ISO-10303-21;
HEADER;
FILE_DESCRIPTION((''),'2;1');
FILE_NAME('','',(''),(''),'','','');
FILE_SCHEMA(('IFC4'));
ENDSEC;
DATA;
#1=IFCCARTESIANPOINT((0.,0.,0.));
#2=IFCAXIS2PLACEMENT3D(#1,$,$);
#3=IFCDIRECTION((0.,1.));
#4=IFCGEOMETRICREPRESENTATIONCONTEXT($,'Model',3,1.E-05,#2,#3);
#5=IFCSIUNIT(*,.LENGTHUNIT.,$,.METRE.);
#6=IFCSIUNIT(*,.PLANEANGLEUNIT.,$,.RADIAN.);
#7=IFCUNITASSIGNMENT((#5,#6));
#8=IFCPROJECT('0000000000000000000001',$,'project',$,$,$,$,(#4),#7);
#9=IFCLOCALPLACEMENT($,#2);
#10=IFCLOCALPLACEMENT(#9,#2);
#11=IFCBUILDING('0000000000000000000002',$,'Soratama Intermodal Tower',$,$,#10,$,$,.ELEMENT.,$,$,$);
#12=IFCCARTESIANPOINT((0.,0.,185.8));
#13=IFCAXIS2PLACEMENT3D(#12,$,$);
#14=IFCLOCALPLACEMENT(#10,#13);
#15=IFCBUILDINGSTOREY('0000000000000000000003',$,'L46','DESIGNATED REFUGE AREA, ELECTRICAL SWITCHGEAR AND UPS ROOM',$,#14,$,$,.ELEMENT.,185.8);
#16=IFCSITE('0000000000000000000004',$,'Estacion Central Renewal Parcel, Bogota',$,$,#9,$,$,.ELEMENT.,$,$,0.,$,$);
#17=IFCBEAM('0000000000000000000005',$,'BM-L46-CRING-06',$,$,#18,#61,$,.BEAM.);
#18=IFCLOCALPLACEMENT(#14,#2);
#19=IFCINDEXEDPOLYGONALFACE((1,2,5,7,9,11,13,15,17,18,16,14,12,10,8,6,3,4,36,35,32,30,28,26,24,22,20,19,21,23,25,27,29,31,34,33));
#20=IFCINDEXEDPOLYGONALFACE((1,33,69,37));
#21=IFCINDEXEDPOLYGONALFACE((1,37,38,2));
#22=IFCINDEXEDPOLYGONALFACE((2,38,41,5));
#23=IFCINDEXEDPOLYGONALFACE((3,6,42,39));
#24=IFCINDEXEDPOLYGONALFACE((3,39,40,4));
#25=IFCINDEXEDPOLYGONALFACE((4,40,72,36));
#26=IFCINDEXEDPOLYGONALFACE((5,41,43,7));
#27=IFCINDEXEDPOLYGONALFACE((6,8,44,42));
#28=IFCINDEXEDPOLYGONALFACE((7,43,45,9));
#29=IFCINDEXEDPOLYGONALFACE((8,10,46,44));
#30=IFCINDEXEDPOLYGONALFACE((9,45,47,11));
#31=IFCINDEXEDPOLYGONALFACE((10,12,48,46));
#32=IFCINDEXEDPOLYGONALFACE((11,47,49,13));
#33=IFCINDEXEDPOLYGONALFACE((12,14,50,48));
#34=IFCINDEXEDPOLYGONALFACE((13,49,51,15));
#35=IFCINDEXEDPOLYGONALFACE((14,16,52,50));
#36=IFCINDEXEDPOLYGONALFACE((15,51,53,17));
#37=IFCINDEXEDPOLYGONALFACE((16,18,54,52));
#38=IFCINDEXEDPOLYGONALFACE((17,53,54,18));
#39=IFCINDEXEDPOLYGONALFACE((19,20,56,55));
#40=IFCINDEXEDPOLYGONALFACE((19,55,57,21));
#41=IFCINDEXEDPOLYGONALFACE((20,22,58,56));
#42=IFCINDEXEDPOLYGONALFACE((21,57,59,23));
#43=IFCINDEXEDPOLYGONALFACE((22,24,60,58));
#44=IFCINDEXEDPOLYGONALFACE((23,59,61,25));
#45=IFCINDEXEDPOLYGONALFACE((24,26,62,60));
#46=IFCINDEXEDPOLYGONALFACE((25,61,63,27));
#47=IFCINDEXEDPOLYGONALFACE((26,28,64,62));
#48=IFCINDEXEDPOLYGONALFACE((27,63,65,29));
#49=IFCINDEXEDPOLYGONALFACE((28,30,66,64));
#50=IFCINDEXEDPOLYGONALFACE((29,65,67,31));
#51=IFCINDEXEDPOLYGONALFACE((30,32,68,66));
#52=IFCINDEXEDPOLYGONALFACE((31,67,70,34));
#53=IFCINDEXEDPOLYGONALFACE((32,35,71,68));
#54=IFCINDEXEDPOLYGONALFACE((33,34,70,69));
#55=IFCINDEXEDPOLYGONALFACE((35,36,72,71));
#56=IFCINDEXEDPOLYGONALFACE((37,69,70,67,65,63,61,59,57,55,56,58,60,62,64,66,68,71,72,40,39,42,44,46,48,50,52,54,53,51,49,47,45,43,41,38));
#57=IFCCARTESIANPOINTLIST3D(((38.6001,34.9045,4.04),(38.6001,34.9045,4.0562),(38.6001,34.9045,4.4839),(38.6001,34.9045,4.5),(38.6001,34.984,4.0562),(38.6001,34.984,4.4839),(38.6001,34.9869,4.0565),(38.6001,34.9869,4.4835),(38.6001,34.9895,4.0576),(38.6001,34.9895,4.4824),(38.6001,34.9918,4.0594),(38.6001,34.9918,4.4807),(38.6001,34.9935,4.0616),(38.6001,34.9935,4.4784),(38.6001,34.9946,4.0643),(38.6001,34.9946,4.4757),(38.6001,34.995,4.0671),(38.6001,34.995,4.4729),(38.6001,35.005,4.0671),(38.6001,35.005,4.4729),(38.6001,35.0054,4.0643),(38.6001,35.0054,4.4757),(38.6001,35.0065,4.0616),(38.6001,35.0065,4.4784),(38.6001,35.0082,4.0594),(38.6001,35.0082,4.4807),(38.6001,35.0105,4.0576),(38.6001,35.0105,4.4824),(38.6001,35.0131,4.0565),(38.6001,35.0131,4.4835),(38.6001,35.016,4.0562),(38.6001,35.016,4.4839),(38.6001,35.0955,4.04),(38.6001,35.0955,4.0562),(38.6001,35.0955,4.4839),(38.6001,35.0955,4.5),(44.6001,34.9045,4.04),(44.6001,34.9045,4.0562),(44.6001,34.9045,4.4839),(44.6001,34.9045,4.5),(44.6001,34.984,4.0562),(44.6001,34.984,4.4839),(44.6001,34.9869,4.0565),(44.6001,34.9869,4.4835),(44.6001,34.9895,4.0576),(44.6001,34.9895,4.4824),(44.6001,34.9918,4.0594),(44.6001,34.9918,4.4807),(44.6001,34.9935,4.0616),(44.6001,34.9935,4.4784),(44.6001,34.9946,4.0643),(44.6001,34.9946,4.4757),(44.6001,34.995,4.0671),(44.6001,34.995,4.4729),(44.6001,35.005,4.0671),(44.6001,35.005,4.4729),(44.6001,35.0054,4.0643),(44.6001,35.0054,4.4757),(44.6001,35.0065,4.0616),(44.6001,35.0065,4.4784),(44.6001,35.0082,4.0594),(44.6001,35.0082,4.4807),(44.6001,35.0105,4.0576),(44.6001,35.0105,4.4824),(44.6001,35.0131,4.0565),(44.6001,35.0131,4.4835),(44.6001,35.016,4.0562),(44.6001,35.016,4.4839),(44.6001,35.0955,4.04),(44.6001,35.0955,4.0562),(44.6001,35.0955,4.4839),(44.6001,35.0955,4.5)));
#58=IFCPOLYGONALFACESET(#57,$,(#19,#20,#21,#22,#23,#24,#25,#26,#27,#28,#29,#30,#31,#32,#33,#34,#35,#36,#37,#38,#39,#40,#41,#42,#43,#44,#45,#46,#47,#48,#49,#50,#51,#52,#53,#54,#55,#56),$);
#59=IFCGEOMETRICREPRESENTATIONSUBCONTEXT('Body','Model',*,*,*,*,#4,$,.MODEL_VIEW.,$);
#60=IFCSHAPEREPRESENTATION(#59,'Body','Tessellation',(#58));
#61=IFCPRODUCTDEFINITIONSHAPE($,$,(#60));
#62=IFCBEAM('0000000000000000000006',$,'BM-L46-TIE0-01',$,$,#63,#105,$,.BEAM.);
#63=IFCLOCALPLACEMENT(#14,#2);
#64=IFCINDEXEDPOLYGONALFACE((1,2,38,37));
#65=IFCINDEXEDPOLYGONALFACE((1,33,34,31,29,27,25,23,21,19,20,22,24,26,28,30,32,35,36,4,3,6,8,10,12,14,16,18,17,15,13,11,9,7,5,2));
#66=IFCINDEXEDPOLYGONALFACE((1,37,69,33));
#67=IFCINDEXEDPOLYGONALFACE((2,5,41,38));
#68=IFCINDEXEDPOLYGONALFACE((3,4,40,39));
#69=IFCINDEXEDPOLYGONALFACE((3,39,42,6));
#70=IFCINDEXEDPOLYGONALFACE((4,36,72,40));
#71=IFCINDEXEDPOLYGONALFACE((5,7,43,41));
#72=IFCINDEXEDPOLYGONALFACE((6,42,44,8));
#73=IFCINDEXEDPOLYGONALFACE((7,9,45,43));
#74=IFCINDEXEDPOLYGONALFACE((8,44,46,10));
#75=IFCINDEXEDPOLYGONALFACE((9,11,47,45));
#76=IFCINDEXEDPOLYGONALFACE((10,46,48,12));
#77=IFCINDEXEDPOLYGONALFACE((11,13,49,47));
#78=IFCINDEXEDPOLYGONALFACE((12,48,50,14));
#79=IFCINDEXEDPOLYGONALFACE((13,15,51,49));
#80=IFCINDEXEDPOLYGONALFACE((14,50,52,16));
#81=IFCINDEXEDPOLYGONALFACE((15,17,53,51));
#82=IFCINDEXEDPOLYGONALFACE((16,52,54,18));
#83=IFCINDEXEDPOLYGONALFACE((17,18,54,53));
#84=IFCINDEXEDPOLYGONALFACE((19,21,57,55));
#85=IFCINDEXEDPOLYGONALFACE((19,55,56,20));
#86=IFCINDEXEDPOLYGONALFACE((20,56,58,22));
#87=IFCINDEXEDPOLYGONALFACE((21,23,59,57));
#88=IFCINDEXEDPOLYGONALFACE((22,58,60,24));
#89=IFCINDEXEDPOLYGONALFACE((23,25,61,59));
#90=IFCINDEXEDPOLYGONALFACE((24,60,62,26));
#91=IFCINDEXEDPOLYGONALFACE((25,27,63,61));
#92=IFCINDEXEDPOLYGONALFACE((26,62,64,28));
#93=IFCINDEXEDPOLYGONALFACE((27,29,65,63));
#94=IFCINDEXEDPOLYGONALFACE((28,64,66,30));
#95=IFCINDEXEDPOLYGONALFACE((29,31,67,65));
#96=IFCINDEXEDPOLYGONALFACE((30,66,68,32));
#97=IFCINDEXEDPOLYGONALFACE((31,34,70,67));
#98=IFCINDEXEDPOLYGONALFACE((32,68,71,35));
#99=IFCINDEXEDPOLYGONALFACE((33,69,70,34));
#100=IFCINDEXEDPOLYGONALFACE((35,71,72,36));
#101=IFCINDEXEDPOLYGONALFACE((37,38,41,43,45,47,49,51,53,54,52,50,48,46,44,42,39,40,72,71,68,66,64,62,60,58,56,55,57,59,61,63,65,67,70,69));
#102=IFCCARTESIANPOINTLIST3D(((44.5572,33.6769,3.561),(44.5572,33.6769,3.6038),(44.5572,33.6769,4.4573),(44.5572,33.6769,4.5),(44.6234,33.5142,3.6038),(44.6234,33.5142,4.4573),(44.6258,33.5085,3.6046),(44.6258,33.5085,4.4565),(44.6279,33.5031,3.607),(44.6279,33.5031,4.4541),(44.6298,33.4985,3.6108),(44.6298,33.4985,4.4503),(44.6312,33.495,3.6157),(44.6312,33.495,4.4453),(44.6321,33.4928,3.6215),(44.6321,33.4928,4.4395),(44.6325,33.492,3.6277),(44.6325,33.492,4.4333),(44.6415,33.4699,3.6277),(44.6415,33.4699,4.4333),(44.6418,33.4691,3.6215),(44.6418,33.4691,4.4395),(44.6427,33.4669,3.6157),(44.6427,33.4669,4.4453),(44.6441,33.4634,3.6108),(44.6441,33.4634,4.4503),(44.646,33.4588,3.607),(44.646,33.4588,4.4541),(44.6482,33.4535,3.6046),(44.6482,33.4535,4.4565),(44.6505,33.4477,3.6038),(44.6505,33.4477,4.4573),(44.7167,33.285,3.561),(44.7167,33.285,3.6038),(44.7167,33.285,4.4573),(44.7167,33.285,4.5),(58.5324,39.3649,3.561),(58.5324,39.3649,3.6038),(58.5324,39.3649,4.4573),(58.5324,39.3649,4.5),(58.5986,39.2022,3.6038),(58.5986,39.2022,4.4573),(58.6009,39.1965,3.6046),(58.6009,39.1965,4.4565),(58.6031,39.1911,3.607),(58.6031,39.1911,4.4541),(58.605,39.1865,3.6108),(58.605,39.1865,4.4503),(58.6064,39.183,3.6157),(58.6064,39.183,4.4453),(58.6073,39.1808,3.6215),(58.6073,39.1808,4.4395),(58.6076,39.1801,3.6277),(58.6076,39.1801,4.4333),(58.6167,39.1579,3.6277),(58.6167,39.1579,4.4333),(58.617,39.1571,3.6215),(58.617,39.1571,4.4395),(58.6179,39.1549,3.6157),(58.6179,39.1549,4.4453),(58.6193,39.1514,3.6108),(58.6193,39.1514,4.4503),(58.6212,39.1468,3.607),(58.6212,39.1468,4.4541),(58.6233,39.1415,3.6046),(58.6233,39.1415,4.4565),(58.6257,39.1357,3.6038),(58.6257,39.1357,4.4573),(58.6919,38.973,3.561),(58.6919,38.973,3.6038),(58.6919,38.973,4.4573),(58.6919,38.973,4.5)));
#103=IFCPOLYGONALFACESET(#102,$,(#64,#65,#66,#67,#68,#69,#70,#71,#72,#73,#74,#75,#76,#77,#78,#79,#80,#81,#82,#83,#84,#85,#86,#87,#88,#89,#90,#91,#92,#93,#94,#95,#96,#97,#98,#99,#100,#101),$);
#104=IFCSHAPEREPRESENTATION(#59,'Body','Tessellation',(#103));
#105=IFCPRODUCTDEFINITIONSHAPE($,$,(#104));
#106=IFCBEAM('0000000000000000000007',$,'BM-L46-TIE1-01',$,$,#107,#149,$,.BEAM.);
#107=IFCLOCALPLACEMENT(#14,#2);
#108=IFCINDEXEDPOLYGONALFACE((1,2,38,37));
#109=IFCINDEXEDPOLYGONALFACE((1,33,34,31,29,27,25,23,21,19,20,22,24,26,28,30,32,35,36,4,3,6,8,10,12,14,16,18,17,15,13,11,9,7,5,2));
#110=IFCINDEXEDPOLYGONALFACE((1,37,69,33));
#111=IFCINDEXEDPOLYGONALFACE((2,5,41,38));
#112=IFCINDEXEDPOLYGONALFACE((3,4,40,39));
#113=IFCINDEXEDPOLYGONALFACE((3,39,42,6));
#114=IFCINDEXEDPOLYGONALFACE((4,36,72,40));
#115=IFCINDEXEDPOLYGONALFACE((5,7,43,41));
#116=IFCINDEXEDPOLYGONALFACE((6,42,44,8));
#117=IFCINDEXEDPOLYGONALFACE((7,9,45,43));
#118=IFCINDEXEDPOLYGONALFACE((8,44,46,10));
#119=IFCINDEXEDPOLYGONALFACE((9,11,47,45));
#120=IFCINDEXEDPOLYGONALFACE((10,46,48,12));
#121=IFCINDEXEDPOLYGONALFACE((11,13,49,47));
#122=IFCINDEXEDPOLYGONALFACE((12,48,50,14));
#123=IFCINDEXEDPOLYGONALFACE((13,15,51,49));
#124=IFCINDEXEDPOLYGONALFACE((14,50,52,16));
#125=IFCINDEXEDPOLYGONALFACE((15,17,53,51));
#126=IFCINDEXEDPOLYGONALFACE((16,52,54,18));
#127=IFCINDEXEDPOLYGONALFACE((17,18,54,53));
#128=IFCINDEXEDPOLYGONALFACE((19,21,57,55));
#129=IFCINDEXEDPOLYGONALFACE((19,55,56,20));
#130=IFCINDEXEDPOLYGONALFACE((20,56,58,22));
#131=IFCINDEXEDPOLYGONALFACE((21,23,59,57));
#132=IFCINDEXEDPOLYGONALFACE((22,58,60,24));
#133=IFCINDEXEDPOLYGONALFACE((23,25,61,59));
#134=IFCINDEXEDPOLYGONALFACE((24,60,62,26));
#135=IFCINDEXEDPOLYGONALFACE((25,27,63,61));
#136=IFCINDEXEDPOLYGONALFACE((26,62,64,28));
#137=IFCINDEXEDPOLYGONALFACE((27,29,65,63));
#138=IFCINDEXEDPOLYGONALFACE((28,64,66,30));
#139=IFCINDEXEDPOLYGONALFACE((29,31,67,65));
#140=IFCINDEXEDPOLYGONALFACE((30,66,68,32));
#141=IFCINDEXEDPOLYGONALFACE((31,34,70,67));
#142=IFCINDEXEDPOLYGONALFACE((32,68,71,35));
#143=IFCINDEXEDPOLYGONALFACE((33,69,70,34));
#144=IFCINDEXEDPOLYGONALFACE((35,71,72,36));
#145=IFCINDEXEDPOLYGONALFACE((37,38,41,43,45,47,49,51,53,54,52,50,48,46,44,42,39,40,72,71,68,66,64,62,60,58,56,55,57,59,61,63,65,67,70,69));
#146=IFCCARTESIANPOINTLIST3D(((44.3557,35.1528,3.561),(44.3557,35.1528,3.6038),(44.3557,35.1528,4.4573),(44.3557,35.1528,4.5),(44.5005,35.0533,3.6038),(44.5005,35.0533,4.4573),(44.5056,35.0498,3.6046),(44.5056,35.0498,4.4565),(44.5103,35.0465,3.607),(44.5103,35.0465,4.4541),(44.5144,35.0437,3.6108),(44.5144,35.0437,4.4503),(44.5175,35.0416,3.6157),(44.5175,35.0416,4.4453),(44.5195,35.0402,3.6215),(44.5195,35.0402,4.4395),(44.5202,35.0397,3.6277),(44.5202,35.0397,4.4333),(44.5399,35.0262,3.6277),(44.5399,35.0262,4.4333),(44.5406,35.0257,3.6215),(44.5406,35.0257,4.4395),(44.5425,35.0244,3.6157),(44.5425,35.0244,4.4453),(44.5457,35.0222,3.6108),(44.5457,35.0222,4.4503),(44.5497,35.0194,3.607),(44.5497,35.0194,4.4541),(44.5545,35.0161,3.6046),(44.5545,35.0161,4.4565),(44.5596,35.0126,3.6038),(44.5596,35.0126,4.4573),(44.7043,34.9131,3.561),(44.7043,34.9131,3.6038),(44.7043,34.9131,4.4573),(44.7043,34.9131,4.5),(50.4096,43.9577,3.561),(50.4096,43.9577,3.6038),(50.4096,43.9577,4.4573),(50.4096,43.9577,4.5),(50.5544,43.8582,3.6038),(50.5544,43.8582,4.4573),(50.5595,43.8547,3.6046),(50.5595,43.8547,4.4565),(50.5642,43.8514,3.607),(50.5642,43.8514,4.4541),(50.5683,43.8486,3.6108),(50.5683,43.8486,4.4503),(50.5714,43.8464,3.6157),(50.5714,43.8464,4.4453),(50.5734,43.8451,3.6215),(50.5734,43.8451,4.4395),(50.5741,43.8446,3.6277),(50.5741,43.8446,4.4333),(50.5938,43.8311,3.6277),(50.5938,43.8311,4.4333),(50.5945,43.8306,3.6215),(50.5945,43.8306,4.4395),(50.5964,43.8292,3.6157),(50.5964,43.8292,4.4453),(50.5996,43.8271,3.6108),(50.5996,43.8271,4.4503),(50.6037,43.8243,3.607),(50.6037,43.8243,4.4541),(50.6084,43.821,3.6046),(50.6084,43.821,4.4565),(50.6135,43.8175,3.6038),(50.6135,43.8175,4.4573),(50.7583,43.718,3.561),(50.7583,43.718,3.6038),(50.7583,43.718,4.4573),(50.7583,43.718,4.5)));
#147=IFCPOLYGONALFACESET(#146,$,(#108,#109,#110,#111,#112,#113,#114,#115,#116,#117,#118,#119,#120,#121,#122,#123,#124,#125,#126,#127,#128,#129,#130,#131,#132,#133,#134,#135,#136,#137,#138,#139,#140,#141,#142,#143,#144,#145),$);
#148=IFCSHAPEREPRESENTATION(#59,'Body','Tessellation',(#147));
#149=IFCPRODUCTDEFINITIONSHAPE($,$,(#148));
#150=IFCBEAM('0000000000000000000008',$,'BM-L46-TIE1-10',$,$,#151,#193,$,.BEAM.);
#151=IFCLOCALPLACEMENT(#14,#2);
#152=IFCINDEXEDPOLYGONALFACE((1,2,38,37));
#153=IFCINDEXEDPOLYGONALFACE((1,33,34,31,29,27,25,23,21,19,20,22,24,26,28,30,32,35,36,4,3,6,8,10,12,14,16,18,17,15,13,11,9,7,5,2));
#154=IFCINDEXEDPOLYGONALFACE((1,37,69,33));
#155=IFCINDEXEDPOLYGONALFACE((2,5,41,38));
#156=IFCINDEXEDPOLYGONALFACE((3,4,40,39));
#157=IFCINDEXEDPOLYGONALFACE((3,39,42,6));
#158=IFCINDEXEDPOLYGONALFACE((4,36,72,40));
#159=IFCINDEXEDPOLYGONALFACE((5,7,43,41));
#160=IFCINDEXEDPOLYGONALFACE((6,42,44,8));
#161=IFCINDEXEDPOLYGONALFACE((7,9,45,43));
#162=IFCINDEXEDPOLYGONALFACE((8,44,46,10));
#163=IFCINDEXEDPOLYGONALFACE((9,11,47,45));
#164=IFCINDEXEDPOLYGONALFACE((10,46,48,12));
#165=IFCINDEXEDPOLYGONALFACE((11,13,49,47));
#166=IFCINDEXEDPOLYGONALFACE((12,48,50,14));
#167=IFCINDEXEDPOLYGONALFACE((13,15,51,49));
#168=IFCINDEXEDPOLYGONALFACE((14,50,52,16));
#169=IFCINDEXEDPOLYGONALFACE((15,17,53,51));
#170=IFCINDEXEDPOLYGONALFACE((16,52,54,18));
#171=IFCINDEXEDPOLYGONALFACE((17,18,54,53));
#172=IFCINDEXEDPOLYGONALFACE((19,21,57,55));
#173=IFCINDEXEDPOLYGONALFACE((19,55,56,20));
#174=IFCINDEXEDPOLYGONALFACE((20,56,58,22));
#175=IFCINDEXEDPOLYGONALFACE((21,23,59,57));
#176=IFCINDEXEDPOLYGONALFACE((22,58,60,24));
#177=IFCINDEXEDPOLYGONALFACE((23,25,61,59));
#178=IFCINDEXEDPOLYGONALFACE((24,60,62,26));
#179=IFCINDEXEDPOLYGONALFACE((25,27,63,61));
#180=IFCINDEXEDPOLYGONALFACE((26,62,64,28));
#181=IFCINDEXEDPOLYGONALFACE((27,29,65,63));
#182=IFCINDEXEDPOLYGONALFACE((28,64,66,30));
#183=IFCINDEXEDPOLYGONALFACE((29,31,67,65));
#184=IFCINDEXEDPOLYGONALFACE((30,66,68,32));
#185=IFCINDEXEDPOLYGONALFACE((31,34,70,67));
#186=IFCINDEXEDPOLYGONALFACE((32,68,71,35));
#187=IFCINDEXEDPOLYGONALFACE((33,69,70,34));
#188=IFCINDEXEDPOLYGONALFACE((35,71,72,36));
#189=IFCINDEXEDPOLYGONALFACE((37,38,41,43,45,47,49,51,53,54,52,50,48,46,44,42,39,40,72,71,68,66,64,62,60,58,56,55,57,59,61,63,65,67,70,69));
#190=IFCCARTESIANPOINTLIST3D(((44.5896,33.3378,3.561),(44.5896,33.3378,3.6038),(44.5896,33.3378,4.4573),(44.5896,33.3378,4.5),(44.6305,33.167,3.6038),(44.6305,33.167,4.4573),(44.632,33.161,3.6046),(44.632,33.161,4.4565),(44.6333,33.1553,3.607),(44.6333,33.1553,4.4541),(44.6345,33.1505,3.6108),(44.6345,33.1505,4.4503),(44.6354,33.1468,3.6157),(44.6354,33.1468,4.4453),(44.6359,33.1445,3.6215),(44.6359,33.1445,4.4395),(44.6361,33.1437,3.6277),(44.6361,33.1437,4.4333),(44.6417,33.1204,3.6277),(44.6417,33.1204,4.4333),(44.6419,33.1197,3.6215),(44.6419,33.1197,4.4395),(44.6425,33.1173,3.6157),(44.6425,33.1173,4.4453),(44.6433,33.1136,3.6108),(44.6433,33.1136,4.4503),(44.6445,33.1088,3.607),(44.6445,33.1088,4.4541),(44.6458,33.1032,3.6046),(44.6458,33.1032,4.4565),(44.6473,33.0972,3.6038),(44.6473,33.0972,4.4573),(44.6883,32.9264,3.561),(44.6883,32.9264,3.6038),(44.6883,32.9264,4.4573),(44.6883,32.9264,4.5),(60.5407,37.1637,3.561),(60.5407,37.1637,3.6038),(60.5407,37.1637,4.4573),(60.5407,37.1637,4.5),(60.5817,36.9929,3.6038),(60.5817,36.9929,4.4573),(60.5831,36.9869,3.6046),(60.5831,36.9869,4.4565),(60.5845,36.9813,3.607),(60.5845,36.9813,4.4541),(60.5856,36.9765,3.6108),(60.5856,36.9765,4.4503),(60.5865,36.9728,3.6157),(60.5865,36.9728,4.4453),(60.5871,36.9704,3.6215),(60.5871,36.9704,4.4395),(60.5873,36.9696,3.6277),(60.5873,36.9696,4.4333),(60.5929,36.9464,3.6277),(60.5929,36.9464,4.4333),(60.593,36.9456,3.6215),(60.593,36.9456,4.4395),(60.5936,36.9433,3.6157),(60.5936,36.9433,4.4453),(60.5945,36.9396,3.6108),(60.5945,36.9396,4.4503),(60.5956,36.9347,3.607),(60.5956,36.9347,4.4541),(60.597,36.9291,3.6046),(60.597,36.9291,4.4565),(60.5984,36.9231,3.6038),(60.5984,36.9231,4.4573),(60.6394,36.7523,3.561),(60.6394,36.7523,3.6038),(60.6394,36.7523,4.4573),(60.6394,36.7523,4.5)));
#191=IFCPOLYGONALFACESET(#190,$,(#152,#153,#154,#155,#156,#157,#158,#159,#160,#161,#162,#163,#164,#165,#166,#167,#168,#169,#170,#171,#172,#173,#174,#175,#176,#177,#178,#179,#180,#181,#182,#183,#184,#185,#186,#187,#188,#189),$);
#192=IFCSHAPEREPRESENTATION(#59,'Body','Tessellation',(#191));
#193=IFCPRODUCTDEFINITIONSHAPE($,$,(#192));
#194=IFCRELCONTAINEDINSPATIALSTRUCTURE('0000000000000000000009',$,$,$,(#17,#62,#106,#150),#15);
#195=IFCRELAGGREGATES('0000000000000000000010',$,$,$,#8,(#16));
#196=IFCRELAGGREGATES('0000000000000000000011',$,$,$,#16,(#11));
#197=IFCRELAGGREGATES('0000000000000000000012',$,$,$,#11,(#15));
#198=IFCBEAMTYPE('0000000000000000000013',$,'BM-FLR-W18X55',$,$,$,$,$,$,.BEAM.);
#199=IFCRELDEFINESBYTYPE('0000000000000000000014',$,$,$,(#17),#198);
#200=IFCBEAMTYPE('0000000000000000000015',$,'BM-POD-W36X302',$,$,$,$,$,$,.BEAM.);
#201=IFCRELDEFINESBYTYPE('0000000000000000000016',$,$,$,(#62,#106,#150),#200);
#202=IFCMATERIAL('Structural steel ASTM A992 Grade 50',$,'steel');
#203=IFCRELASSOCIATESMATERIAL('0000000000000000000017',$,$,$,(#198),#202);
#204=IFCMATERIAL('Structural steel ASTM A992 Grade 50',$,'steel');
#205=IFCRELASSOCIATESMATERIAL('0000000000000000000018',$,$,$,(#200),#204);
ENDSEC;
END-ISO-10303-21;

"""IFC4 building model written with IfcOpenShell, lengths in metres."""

from ifc_helpers import new_model, si_unit, direction, frame, origin, origin_2d, place, context, subcontext, project, spatial, i_section, extrude, material, material_profile, profile_set, type_object, element, save


model = new_model("IFC4")

# Units and contexts
model_context = context("Model", 3, precision=1e-05, world=origin(), true_north=direction((0.0, 1.0)))
body_context = subcontext(model_context, "Body", "Model", "MODEL_VIEW")
ifc_project = project(units=[si_unit("LENGTHUNIT", "METRE"), si_unit("PLANEANGLEUNIT", "RADIAN")], contexts=[model_context])

# Site, building, storey
site_placement = place(None, origin())
site = spatial("IfcSite", under=ifc_project, at=site_placement, Name="Estacion Central Renewal Parcel, Bogota", CompositionType="ELEMENT", RefElevation=0.0)
building_placement = place(site_placement, origin())
building = spatial("IfcBuilding", under=site, at=building_placement, Name="Soratama Intermodal Tower", CompositionType="ELEMENT")
storey_placement = place(building_placement, frame((0.0, 0.0, 185.8)))
storey = spatial("IfcBuildingStorey", under=building, at=storey_placement, Name="L46", Description="DESIGNATED REFUGE AREA, ELECTRICAL SWITCHGEAR AND UPS ROOM", CompositionType="ELEMENT", Elevation=185.8)

# Beams
ifc_material_1 = material(Name="Structural steel ASTM A992 Grade 50", Category="steel")
ifc_material_profile_1 = material_profile(ifc_material_1, i_section(OverallWidth=0.1909, OverallDepth=0.46, WebThickness=0.01, FlangeThickness=0.0161, FilletRadius=0.011, at=origin_2d()), Name="W18X55")
ifc_profile_set_1 = profile_set([ifc_material_profile_1], Name="Structural steel ASTM A992 Grade 50")
beam_type_1 = type_object("IfcBeamType", Name="BM-FLR-W18X55", PredefinedType="BEAM", material=ifc_profile_set_1)
beam_1_placement = place(storey_placement, frame((44.6001, 35.0, 4.27), z_axis=(-1.0, 0.0, 0.0), x_axis=(0.0, -1.0, 0.0)))
element("IfcBeam", 1, at=beam_1_placement, inside=storey, type_object=beam_type_1, Name="BM-L46-CRING-06", PredefinedType="BEAM", context=body_context, shape_type="SweptSolid", body=[
    extrude(i_section(OverallWidth=0.1909, OverallDepth=0.46, WebThickness=0.01, FlangeThickness=0.0161, FilletRadius=0.011, at=origin_2d()), origin(), (0.0, 0.0, 1.0), 6.0),
])
ifc_material_2 = material(Name="Structural steel ASTM A992 Grade 50", Category="steel")
ifc_material_profile_2 = material_profile(ifc_material_2, i_section(OverallWidth=0.4231, OverallDepth=0.939, WebThickness=0.0239, FlangeThickness=0.0427, FilletRadius=0.0239, at=origin_2d()), Name="W36X302")
ifc_profile_set_2 = profile_set([ifc_material_profile_2], Name="Structural steel ASTM A992 Grade 50")
beam_type_2 = type_object("IfcBeamType", Name="BM-POD-W36X302", PredefinedType="BEAM", material=ifc_profile_set_2)
beam_2_placement = place(storey_placement, frame((44.637, 33.481, 4.0305), z_axis=(0.926221, 0.37698, 0.0), x_axis=(-0.37698, 0.926221, 0.0)))
element("IfcBeam", 2, at=beam_2_placement, inside=storey, type_object=beam_type_2, Name="BM-L46-TIE0-01", PredefinedType="BEAM", context=body_context, shape_type="SweptSolid", body=[
    extrude(i_section(OverallWidth=0.4231, OverallDepth=0.939, WebThickness=0.0239, FlangeThickness=0.0427, FilletRadius=0.0239, at=origin_2d()), origin(), (0.0, 0.0, 1.0), 15.0884),
])
beam_3_placement = place(storey_placement, frame((44.53, 35.033, 4.0305), z_axis=(0.566565, 0.824017, 0.0), x_axis=(-0.824017, 0.566565, 0.0)))
element("IfcBeam", 3, at=beam_3_placement, inside=storey, type_object=beam_type_2, Name="BM-L46-TIE1-01", PredefinedType="BEAM", context=body_context, shape_type="SweptSolid", body=[
    extrude(i_section(OverallWidth=0.4231, OverallDepth=0.939, WebThickness=0.0239, FlangeThickness=0.0427, FilletRadius=0.0239, at=origin_2d()), origin(), (0.0, 0.0, 1.0), 10.6853),
])
beam_4_placement = place(storey_placement, frame((44.6389, 33.1321, 4.0305), z_axis=(0.97242, 0.233237, 0.0), x_axis=(-0.233237, 0.97242, 0.0)))
element("IfcBeam", 4, at=beam_4_placement, inside=storey, type_object=beam_type_2, Name="BM-L46-TIE1-10", PredefinedType="BEAM", context=body_context, shape_type="SweptSolid", body=[
    extrude(i_section(OverallWidth=0.4231, OverallDepth=0.939, WebThickness=0.0239, FlangeThickness=0.0427, FilletRadius=0.0239, at=origin_2d()), origin(), (0.0, 0.0, 1.0), 16.4036),
])

save(model, "model.ifc")
